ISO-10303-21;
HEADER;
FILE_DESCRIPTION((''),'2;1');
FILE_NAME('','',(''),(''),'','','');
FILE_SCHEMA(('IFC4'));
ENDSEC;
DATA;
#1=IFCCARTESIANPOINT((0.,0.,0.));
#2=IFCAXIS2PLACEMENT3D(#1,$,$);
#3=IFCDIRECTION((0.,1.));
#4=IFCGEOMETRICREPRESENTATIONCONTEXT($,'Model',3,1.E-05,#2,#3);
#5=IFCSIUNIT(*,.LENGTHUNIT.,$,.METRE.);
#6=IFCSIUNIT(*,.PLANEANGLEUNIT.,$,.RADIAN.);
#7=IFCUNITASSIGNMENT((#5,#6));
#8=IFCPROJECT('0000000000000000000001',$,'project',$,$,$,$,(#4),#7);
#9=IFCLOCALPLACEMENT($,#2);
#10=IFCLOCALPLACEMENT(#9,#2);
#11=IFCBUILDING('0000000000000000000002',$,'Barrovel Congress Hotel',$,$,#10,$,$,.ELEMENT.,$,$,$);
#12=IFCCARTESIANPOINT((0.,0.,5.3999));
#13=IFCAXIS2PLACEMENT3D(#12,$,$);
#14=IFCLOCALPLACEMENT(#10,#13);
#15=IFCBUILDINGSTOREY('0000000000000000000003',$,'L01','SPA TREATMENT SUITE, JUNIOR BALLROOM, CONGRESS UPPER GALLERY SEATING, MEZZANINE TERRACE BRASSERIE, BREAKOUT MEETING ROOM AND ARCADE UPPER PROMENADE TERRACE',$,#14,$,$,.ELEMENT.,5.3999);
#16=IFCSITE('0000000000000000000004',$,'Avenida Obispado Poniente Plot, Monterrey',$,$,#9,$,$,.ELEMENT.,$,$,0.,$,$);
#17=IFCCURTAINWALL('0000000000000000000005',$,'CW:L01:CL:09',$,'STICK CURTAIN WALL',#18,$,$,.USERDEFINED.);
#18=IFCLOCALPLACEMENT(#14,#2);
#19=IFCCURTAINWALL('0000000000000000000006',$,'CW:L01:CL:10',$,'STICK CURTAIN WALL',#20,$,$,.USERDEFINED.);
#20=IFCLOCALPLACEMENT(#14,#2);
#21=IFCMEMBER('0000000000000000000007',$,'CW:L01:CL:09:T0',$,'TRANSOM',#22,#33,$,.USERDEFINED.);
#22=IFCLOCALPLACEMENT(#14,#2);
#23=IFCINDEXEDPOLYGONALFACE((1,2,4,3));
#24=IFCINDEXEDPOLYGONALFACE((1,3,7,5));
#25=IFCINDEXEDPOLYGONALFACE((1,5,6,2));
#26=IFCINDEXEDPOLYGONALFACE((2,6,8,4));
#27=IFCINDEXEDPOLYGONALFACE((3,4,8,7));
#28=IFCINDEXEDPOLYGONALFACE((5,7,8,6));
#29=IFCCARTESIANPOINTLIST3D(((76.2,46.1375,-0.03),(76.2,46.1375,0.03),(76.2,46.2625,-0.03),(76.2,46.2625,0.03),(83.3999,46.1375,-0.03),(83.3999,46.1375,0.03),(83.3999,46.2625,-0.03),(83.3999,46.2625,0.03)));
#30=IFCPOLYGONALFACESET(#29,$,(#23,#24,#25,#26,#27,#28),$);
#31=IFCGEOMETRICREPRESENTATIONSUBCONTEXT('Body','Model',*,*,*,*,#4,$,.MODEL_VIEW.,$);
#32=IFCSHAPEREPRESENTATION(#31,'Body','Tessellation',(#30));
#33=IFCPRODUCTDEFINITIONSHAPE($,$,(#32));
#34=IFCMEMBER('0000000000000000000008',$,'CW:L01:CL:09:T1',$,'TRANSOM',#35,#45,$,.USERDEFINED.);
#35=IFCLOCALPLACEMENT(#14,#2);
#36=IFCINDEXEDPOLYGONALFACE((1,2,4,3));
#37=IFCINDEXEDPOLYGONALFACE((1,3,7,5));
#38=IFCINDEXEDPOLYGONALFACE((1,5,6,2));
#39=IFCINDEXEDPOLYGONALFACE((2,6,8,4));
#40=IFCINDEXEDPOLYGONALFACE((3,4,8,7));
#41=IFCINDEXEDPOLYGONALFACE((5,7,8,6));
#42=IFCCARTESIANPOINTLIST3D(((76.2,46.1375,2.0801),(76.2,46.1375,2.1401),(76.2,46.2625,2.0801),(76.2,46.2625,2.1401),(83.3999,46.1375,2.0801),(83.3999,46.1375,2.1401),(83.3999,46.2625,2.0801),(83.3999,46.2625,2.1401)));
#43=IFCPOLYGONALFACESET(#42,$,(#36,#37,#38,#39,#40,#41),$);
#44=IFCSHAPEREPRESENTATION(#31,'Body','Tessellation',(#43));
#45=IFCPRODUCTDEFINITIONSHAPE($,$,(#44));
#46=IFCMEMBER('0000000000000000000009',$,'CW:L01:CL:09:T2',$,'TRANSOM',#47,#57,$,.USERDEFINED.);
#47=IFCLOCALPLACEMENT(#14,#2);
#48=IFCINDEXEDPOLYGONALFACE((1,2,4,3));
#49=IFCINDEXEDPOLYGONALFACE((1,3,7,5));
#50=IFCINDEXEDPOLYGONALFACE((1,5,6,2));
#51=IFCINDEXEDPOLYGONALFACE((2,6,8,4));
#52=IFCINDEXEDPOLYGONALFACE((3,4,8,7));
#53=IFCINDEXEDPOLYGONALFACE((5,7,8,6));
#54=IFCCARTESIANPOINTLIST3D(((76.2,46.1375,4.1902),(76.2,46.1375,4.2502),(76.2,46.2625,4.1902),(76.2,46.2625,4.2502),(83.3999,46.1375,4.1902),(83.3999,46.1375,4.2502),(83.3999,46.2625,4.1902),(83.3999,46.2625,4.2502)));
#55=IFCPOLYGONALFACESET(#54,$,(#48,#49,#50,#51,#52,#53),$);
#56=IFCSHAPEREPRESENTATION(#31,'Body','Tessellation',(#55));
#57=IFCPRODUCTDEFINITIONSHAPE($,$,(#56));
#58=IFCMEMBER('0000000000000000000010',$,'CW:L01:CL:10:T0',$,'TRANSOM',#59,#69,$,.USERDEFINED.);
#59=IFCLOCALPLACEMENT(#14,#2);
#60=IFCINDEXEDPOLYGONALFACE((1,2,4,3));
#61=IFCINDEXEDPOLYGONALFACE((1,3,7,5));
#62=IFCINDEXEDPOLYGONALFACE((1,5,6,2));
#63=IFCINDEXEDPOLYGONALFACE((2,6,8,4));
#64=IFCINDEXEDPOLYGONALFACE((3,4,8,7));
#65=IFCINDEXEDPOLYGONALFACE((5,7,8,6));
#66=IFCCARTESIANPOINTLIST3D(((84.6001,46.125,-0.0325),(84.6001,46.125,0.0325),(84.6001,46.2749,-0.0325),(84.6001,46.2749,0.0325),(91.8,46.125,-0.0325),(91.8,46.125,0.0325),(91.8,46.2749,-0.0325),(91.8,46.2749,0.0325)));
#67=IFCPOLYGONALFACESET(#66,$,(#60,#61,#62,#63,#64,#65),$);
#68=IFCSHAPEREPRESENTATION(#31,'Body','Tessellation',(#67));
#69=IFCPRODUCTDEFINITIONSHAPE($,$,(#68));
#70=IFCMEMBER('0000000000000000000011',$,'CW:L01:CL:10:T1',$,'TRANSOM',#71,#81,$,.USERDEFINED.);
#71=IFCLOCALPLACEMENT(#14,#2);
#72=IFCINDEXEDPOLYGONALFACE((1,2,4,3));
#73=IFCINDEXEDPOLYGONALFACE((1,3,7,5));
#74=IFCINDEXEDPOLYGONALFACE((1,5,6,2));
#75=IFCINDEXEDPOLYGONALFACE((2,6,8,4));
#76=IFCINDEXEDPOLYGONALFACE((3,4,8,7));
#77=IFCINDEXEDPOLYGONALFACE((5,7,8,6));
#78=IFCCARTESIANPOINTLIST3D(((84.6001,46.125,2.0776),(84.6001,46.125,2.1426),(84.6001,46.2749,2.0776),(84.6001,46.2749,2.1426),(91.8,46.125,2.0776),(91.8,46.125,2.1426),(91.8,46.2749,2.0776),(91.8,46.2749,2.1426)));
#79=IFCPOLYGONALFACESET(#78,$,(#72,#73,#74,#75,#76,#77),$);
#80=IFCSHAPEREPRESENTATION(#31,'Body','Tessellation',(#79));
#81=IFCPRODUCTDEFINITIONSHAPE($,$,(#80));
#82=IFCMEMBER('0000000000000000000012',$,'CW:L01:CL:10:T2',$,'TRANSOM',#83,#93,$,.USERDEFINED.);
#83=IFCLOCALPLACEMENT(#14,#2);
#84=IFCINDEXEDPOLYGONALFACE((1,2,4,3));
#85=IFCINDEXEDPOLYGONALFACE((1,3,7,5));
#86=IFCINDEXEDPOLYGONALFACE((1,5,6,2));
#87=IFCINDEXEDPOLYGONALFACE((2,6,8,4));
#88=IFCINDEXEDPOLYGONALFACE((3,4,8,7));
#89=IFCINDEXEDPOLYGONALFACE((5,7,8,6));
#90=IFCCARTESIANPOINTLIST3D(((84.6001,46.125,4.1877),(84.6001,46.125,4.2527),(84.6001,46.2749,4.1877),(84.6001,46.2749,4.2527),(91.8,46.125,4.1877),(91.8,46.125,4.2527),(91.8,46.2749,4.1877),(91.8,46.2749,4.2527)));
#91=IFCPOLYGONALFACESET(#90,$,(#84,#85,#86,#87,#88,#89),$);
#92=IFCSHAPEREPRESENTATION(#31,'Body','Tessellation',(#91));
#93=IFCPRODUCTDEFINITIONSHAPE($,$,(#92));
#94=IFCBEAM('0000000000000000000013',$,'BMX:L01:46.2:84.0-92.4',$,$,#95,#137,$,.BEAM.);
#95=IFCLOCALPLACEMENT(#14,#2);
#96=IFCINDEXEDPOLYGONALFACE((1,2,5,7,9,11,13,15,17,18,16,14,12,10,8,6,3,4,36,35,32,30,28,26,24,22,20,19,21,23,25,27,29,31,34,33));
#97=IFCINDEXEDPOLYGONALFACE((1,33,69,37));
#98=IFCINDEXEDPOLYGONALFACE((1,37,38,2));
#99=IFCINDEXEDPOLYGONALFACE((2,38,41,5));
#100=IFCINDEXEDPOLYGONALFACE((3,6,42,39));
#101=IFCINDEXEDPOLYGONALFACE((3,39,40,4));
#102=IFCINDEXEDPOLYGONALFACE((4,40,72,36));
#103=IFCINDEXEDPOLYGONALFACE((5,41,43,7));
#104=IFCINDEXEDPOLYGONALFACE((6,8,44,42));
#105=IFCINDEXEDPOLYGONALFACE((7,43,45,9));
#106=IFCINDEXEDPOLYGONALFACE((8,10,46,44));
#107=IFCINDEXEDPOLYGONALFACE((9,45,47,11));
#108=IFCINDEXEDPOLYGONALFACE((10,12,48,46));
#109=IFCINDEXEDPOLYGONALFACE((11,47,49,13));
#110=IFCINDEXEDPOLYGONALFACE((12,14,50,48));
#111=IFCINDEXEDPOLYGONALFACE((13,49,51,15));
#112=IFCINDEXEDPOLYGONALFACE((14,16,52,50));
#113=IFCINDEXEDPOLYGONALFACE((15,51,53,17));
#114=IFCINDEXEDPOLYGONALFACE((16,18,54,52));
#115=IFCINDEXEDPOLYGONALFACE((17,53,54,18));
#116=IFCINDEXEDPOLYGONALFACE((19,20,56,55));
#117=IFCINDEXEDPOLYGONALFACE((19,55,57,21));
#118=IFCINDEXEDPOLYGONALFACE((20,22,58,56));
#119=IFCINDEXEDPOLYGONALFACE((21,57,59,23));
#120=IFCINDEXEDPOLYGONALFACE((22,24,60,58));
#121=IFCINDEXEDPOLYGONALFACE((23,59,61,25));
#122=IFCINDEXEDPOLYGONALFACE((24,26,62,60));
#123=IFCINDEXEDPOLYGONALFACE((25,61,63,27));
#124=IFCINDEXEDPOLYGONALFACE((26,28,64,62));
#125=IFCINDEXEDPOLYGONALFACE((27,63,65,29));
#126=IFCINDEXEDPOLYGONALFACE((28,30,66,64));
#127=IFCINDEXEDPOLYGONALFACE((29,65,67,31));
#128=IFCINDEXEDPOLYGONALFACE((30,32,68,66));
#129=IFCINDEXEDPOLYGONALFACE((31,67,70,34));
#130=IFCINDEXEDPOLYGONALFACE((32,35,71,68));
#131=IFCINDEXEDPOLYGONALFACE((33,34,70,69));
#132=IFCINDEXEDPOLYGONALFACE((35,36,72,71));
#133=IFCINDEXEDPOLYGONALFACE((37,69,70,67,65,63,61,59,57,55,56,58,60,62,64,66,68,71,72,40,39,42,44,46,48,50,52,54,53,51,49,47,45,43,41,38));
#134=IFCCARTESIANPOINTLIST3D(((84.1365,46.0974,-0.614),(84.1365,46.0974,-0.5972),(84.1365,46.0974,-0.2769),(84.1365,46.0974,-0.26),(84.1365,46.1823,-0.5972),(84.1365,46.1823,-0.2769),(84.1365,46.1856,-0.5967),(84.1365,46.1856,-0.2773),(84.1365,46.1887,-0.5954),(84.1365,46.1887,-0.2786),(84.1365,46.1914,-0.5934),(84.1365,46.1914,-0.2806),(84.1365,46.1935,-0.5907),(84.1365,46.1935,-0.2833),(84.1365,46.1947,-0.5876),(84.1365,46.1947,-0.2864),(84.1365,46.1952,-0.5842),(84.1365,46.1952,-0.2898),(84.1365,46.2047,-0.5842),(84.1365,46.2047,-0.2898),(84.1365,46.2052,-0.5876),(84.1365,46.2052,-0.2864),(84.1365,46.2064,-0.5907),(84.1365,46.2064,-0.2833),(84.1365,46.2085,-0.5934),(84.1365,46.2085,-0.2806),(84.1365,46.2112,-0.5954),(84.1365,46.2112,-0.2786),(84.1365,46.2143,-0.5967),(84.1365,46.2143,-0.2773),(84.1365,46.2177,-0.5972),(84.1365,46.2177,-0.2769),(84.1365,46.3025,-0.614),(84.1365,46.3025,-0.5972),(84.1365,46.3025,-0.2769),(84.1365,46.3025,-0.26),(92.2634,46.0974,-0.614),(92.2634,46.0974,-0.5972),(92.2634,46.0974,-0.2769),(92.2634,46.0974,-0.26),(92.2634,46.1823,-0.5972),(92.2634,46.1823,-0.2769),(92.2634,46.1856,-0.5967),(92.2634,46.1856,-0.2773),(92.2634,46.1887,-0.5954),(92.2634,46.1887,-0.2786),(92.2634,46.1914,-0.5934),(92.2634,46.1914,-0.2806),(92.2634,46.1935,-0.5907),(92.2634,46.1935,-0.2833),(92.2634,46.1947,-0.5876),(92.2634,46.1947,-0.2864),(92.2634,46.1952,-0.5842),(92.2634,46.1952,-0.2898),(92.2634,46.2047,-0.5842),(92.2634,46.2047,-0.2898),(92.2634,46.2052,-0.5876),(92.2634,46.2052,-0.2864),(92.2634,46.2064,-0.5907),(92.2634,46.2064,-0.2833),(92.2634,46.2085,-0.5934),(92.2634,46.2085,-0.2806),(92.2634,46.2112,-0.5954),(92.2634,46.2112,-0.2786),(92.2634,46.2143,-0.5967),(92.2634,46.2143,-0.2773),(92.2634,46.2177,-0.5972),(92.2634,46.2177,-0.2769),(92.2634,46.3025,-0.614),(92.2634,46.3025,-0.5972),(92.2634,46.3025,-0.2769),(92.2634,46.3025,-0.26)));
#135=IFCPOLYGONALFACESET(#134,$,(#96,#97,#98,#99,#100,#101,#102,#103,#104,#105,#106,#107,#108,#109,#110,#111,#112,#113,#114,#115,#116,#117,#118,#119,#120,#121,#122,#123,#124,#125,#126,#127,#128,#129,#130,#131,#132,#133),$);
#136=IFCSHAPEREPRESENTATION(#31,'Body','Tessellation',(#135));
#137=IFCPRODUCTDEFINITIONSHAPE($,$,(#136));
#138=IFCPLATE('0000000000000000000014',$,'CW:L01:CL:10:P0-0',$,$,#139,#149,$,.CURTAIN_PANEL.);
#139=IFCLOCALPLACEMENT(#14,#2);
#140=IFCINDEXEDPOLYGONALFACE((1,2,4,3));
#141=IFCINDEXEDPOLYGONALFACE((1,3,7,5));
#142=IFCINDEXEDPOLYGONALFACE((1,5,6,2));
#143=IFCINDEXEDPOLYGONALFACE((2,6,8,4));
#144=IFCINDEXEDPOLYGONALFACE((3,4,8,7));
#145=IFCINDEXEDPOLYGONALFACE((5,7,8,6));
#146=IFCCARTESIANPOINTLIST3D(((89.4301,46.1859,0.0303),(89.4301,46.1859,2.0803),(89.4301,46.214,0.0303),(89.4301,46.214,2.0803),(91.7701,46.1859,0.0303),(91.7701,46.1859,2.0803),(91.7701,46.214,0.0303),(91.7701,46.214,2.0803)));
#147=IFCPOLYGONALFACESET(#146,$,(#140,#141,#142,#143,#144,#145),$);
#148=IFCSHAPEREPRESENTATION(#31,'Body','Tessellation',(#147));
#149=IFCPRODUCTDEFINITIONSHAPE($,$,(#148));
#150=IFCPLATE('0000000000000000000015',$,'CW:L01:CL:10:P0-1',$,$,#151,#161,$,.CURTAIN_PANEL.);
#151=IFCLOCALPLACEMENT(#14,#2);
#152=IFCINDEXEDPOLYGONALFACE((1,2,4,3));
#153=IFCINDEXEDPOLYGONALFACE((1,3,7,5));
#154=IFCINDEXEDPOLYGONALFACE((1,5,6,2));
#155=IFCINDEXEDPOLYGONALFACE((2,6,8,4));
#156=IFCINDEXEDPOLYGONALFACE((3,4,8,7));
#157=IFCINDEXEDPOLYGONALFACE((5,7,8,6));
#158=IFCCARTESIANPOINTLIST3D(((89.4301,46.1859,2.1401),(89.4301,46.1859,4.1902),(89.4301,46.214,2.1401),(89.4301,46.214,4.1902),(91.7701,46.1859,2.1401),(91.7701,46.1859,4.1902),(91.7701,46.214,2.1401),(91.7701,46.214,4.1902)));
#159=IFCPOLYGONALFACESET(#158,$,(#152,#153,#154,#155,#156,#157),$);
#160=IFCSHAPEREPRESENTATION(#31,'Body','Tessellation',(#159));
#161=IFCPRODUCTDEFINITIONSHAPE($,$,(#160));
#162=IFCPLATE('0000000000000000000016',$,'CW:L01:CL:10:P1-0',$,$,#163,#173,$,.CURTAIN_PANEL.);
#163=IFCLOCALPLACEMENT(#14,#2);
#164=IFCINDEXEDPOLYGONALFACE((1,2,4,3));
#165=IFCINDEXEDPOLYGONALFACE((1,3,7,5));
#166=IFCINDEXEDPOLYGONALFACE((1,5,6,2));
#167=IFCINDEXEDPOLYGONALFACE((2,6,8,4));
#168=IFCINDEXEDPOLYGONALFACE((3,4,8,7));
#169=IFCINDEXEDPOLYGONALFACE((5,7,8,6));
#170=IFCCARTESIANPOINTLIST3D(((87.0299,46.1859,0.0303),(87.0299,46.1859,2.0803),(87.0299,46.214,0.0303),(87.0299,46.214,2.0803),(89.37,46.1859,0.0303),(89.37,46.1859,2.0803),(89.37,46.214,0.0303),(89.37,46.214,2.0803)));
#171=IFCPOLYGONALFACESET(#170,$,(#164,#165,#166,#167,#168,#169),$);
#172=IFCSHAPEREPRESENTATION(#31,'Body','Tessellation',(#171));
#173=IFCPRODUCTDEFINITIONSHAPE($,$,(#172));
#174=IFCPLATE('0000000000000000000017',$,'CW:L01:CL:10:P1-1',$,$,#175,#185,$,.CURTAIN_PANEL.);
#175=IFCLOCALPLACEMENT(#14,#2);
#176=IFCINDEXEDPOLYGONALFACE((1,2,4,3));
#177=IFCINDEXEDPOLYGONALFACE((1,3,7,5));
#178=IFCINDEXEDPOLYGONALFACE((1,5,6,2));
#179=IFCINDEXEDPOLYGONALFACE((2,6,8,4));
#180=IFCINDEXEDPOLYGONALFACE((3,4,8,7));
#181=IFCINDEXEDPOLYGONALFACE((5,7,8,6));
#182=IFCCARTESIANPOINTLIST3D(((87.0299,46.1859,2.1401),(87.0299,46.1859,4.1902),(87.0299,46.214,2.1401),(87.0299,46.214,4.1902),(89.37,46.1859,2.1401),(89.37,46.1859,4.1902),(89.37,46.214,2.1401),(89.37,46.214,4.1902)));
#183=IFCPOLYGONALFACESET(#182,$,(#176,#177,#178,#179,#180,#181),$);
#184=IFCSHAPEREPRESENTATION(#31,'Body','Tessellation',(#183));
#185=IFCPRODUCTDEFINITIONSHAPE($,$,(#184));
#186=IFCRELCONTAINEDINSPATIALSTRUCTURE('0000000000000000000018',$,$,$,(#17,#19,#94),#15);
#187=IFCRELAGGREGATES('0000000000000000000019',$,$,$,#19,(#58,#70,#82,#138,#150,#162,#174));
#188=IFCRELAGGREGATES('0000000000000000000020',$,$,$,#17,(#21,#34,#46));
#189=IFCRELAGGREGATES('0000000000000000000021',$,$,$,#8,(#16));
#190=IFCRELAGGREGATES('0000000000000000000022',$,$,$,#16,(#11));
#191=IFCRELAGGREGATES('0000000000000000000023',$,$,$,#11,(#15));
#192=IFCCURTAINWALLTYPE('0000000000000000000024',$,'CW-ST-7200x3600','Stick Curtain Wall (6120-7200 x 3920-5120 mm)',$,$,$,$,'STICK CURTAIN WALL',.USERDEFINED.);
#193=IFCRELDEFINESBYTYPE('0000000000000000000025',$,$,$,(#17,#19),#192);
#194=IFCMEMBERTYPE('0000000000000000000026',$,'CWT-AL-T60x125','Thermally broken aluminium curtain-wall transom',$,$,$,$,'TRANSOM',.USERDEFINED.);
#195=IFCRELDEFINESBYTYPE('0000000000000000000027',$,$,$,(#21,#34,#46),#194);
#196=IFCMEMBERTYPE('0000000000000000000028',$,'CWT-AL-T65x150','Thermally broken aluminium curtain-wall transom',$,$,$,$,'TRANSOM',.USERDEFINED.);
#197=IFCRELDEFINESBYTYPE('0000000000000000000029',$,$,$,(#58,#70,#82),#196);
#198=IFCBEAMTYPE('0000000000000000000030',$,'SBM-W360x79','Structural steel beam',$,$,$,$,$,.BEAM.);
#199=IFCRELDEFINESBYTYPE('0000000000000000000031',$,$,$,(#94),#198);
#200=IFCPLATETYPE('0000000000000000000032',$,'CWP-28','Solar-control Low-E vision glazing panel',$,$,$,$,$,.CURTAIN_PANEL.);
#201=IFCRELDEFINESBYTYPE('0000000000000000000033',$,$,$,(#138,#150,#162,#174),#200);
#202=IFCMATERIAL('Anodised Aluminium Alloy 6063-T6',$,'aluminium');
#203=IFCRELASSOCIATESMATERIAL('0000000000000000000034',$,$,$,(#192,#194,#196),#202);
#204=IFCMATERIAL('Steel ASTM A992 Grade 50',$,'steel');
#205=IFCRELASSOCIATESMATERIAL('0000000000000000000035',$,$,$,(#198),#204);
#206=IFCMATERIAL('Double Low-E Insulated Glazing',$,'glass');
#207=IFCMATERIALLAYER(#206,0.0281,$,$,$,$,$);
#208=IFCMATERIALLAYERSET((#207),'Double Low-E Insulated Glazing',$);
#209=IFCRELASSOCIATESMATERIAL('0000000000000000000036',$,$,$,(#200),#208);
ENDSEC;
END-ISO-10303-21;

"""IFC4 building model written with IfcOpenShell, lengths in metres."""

from ifc_helpers import new_model, si_unit, direction, frame, origin, origin_2d, place, context, subcontext, project, spatial, rectangle, i_section, extrude, material, layer, layer_set, material_profile, profile_set, type_object, element, aggregate, save


model = new_model("IFC4")

# Units and contexts
model_context = context("Model", 3, precision=1e-05, world=origin(), true_north=direction((0.0, 1.0)))
body_context = subcontext(model_context, "Body", "Model", "MODEL_VIEW")
ifc_project = project(units=[si_unit("LENGTHUNIT", "METRE"), si_unit("PLANEANGLEUNIT", "RADIAN")], contexts=[model_context])

# Site, building, storey
site_placement = place(None, origin())
site = spatial("IfcSite", under=ifc_project, at=site_placement, Name="Avenida Obispado Poniente Plot, Monterrey", CompositionType="ELEMENT", RefElevation=0.0)
building_placement = place(site_placement, origin())
building = spatial("IfcBuilding", under=site, at=building_placement, Name="Barrovel Congress Hotel", CompositionType="ELEMENT")
storey_placement = place(building_placement, frame((0.0, 0.0, 5.3999)))
storey = spatial("IfcBuildingStorey", under=building, at=storey_placement, Name="L01", Description="SPA TREATMENT SUITE, JUNIOR BALLROOM, CONGRESS UPPER GALLERY SEATING, MEZZANINE TERRACE BRASSERIE, BREAKOUT MEETING ROOM AND ARCADE UPPER PROMENADE TERRACE", CompositionType="ELEMENT", Elevation=5.3999)

# Curtain walls
ifc_material_1 = material(Name="Anodised Aluminium Alloy 6063-T6", Category="aluminium")
curtain_wall_type = type_object("IfcCurtainWallType", Name="CW-ST-7200x3600", Description="Stick Curtain Wall (6120-7200 x 3920-5120 mm)", ElementType="STICK CURTAIN WALL", PredefinedType="USERDEFINED", material=ifc_material_1)
curtain_wall_1_placement = place(storey_placement, origin())
curtain_wall_1 = element("IfcCurtainWall", 1, at=curtain_wall_1_placement, inside=storey, type_object=curtain_wall_type, Name="CW:L01:CL:09", ObjectType="STICK CURTAIN WALL", PredefinedType="USERDEFINED")
curtain_wall_2_placement = place(storey_placement, origin())
curtain_wall_2 = element("IfcCurtainWall", 2, at=curtain_wall_2_placement, inside=storey, type_object=curtain_wall_type, Name="CW:L01:CL:10", ObjectType="STICK CURTAIN WALL", PredefinedType="USERDEFINED")

# Members
ifc_material_profile_1 = material_profile(ifc_material_1, rectangle(XDim=0.125, YDim=0.0601, at=origin_2d()), Name="AL-T60x125")
ifc_profile_set_1 = profile_set([ifc_material_profile_1], Name="Anodised Aluminium Alloy 6063-T6")
member_type_1 = type_object("IfcMemberType", Name="CWT-AL-T60x125", Description="Thermally broken aluminium curtain-wall transom", ElementType="TRANSOM", PredefinedType="USERDEFINED", material=ifc_profile_set_1)
member_1_placement = place(storey_placement, frame((83.3999, 46.2, 0.0), z_axis=(-1.0, 0.0, 0.0), x_axis=(0.0, -1.0, 0.0)))
member_1 = element("IfcMember", 3, at=member_1_placement, type_object=member_type_1, Name="CW:L01:CL:09:T0", ObjectType="TRANSOM", PredefinedType="USERDEFINED", context=body_context, shape_type="SweptSolid", body=[
    extrude(rectangle(XDim=0.125, YDim=0.0601, at=origin_2d()), origin(), (0.0, 0.0, 1.0), 7.2),
])
member_2_placement = place(storey_placement, frame((83.3999, 46.2, 2.1101), z_axis=(-1.0, 0.0, 0.0), x_axis=(0.0, -1.0, 0.0)))
member_2 = element("IfcMember", 4, at=member_2_placement, type_object=member_type_1, Name="CW:L01:CL:09:T1", ObjectType="TRANSOM", PredefinedType="USERDEFINED", context=body_context, shape_type="SweptSolid", body=[
    extrude(rectangle(XDim=0.125, YDim=0.0601, at=origin_2d()), origin(), (0.0, 0.0, 1.0), 7.2),
])
member_3_placement = place(storey_placement, frame((83.3999, 46.2, 4.2202), z_axis=(-1.0, 0.0, 0.0), x_axis=(0.0, -1.0, 0.0)))
member_3 = element("IfcMember", 5, at=member_3_placement, type_object=member_type_1, Name="CW:L01:CL:09:T2", ObjectType="TRANSOM", PredefinedType="USERDEFINED", context=body_context, shape_type="SweptSolid", body=[
    extrude(rectangle(XDim=0.125, YDim=0.0601, at=origin_2d()), origin(), (0.0, 0.0, 1.0), 7.2),
])
ifc_material_profile_2 = material_profile(ifc_material_1, rectangle(XDim=0.1499, YDim=0.0649, at=origin_2d()), Name="AL-T65x150")
ifc_profile_set_2 = profile_set([ifc_material_profile_2], Name="Anodised Aluminium Alloy 6063-T6")
member_type_2 = type_object("IfcMemberType", Name="CWT-AL-T65x150", Description="Thermally broken aluminium curtain-wall transom", ElementType="TRANSOM", PredefinedType="USERDEFINED", material=ifc_profile_set_2)
member_4_placement = place(storey_placement, frame((91.8, 46.2, 0.0), z_axis=(-1.0, 0.0, 0.0), x_axis=(0.0, -1.0, 0.0)))
member_4 = element("IfcMember", 6, at=member_4_placement, type_object=member_type_2, Name="CW:L01:CL:10:T0", ObjectType="TRANSOM", PredefinedType="USERDEFINED", context=body_context, shape_type="SweptSolid", body=[
    extrude(rectangle(XDim=0.1499, YDim=0.0649, at=origin_2d()), origin(), (0.0, 0.0, 1.0), 7.2),
])
member_5_placement = place(storey_placement, frame((91.8, 46.2, 2.1101), z_axis=(-1.0, 0.0, 0.0), x_axis=(0.0, -1.0, 0.0)))
member_5 = element("IfcMember", 7, at=member_5_placement, type_object=member_type_2, Name="CW:L01:CL:10:T1", ObjectType="TRANSOM", PredefinedType="USERDEFINED", context=body_context, shape_type="SweptSolid", body=[
    extrude(rectangle(XDim=0.1499, YDim=0.0649, at=origin_2d()), origin(), (0.0, 0.0, 1.0), 7.2),
])
member_6_placement = place(storey_placement, frame((91.8, 46.2, 4.2202), z_axis=(-1.0, 0.0, 0.0), x_axis=(0.0, -1.0, 0.0)))
member_6 = element("IfcMember", 8, at=member_6_placement, type_object=member_type_2, Name="CW:L01:CL:10:T2", ObjectType="TRANSOM", PredefinedType="USERDEFINED", context=body_context, shape_type="SweptSolid", body=[
    extrude(rectangle(XDim=0.1499, YDim=0.0649, at=origin_2d()), origin(), (0.0, 0.0, 1.0), 7.2),
])

# Beam
ifc_material_2 = material(Name="Steel ASTM A992 Grade 50", Category="steel")
ifc_material_profile_3 = material_profile(ifc_material_2, i_section(OverallWidth=0.2051, OverallDepth=0.354, WebThickness=0.0095, FlangeThickness=0.0168, FilletRadius=0.0129, at=origin_2d()), Name="W360x79")
ifc_profile_set_3 = profile_set([ifc_material_profile_3], Name="Steel ASTM A992 Grade 50")
beam_type = type_object("IfcBeamType", Name="SBM-W360x79", Description="Structural steel beam", PredefinedType="BEAM", material=ifc_profile_set_3)
beam_placement = place(storey_placement, frame((84.1365, 46.2, -0.437), z_axis=(1.0, 0.0, 0.0), x_axis=(0.0, 1.0, 0.0)))
element("IfcBeam", 9, at=beam_placement, inside=storey, type_object=beam_type, Name="BMX:L01:46.2:84.0-92.4", PredefinedType="BEAM", context=body_context, shape_type="SweptSolid", body=[
    extrude(i_section(OverallWidth=0.2051, OverallDepth=0.354, WebThickness=0.0095, FlangeThickness=0.0168, FilletRadius=0.0129, at=origin_2d()), origin(), (0.0, 0.0, 1.0), 8.127),
])

# Plates
ifc_material_3 = material(Name="Double Low-E Insulated Glazing", Category="glass")
ifc_layer_1 = layer(ifc_material_3, 0.0281)
ifc_layer_set_1 = layer_set([ifc_layer_1], Name="Double Low-E Insulated Glazing")
plate_type_1 = type_object("IfcPlateType", Name="CWP-28", Description="Solar-control Low-E vision glazing panel", PredefinedType="CURTAIN_PANEL", material=ifc_layer_set_1)
plate_1_placement = place(storey_placement, frame((90.6001, 46.2, 0.0303), z_axis=(0.0, 0.0, 1.0), x_axis=(-1.0, 0.0, 0.0)))
plate_1 = element("IfcPlate", 10, at=plate_1_placement, type_object=plate_type_1, Name="CW:L01:CL:10:P0-0", PredefinedType="CURTAIN_PANEL", context=body_context, shape_type="SweptSolid", body=[
    extrude(rectangle(XDim=2.3401, YDim=0.0281, at=origin_2d()), origin(), (0.0, 0.0, 1.0), 2.05),
])
plate_2_placement = place(storey_placement, frame((90.6001, 46.2, 2.1401), z_axis=(0.0, 0.0, 1.0), x_axis=(-1.0, 0.0, 0.0)))
plate_2 = element("IfcPlate", 11, at=plate_2_placement, type_object=plate_type_1, Name="CW:L01:CL:10:P0-1", PredefinedType="CURTAIN_PANEL", context=body_context, shape_type="SweptSolid", body=[
    extrude(rectangle(XDim=2.3401, YDim=0.0281, at=origin_2d()), origin(), (0.0, 0.0, 1.0), 2.05),
])
plate_3_placement = place(storey_placement, frame((88.2, 46.2, 0.0303), z_axis=(0.0, 0.0, 1.0), x_axis=(-1.0, 0.0, 0.0)))
plate_3 = element("IfcPlate", 12, at=plate_3_placement, type_object=plate_type_1, Name="CW:L01:CL:10:P1-0", PredefinedType="CURTAIN_PANEL", context=body_context, shape_type="SweptSolid", body=[
    extrude(rectangle(XDim=2.3401, YDim=0.0281, at=origin_2d()), origin(), (0.0, 0.0, 1.0), 2.05),
])
plate_4_placement = place(storey_placement, frame((88.2, 46.2, 2.1401), z_axis=(0.0, 0.0, 1.0), x_axis=(-1.0, 0.0, 0.0)))
plate_4 = element("IfcPlate", 13, at=plate_4_placement, type_object=plate_type_1, Name="CW:L01:CL:10:P1-1", PredefinedType="CURTAIN_PANEL", context=body_context, shape_type="SweptSolid", body=[
    extrude(rectangle(XDim=2.3401, YDim=0.0281, at=origin_2d()), origin(), (0.0, 0.0, 1.0), 2.05),
])
aggregate(curtain_wall_2, [member_4, member_5, member_6, plate_1, plate_2, plate_3, plate_4])
aggregate(curtain_wall_1, [member_1, member_2, member_3])

save(model, "model.ifc")
